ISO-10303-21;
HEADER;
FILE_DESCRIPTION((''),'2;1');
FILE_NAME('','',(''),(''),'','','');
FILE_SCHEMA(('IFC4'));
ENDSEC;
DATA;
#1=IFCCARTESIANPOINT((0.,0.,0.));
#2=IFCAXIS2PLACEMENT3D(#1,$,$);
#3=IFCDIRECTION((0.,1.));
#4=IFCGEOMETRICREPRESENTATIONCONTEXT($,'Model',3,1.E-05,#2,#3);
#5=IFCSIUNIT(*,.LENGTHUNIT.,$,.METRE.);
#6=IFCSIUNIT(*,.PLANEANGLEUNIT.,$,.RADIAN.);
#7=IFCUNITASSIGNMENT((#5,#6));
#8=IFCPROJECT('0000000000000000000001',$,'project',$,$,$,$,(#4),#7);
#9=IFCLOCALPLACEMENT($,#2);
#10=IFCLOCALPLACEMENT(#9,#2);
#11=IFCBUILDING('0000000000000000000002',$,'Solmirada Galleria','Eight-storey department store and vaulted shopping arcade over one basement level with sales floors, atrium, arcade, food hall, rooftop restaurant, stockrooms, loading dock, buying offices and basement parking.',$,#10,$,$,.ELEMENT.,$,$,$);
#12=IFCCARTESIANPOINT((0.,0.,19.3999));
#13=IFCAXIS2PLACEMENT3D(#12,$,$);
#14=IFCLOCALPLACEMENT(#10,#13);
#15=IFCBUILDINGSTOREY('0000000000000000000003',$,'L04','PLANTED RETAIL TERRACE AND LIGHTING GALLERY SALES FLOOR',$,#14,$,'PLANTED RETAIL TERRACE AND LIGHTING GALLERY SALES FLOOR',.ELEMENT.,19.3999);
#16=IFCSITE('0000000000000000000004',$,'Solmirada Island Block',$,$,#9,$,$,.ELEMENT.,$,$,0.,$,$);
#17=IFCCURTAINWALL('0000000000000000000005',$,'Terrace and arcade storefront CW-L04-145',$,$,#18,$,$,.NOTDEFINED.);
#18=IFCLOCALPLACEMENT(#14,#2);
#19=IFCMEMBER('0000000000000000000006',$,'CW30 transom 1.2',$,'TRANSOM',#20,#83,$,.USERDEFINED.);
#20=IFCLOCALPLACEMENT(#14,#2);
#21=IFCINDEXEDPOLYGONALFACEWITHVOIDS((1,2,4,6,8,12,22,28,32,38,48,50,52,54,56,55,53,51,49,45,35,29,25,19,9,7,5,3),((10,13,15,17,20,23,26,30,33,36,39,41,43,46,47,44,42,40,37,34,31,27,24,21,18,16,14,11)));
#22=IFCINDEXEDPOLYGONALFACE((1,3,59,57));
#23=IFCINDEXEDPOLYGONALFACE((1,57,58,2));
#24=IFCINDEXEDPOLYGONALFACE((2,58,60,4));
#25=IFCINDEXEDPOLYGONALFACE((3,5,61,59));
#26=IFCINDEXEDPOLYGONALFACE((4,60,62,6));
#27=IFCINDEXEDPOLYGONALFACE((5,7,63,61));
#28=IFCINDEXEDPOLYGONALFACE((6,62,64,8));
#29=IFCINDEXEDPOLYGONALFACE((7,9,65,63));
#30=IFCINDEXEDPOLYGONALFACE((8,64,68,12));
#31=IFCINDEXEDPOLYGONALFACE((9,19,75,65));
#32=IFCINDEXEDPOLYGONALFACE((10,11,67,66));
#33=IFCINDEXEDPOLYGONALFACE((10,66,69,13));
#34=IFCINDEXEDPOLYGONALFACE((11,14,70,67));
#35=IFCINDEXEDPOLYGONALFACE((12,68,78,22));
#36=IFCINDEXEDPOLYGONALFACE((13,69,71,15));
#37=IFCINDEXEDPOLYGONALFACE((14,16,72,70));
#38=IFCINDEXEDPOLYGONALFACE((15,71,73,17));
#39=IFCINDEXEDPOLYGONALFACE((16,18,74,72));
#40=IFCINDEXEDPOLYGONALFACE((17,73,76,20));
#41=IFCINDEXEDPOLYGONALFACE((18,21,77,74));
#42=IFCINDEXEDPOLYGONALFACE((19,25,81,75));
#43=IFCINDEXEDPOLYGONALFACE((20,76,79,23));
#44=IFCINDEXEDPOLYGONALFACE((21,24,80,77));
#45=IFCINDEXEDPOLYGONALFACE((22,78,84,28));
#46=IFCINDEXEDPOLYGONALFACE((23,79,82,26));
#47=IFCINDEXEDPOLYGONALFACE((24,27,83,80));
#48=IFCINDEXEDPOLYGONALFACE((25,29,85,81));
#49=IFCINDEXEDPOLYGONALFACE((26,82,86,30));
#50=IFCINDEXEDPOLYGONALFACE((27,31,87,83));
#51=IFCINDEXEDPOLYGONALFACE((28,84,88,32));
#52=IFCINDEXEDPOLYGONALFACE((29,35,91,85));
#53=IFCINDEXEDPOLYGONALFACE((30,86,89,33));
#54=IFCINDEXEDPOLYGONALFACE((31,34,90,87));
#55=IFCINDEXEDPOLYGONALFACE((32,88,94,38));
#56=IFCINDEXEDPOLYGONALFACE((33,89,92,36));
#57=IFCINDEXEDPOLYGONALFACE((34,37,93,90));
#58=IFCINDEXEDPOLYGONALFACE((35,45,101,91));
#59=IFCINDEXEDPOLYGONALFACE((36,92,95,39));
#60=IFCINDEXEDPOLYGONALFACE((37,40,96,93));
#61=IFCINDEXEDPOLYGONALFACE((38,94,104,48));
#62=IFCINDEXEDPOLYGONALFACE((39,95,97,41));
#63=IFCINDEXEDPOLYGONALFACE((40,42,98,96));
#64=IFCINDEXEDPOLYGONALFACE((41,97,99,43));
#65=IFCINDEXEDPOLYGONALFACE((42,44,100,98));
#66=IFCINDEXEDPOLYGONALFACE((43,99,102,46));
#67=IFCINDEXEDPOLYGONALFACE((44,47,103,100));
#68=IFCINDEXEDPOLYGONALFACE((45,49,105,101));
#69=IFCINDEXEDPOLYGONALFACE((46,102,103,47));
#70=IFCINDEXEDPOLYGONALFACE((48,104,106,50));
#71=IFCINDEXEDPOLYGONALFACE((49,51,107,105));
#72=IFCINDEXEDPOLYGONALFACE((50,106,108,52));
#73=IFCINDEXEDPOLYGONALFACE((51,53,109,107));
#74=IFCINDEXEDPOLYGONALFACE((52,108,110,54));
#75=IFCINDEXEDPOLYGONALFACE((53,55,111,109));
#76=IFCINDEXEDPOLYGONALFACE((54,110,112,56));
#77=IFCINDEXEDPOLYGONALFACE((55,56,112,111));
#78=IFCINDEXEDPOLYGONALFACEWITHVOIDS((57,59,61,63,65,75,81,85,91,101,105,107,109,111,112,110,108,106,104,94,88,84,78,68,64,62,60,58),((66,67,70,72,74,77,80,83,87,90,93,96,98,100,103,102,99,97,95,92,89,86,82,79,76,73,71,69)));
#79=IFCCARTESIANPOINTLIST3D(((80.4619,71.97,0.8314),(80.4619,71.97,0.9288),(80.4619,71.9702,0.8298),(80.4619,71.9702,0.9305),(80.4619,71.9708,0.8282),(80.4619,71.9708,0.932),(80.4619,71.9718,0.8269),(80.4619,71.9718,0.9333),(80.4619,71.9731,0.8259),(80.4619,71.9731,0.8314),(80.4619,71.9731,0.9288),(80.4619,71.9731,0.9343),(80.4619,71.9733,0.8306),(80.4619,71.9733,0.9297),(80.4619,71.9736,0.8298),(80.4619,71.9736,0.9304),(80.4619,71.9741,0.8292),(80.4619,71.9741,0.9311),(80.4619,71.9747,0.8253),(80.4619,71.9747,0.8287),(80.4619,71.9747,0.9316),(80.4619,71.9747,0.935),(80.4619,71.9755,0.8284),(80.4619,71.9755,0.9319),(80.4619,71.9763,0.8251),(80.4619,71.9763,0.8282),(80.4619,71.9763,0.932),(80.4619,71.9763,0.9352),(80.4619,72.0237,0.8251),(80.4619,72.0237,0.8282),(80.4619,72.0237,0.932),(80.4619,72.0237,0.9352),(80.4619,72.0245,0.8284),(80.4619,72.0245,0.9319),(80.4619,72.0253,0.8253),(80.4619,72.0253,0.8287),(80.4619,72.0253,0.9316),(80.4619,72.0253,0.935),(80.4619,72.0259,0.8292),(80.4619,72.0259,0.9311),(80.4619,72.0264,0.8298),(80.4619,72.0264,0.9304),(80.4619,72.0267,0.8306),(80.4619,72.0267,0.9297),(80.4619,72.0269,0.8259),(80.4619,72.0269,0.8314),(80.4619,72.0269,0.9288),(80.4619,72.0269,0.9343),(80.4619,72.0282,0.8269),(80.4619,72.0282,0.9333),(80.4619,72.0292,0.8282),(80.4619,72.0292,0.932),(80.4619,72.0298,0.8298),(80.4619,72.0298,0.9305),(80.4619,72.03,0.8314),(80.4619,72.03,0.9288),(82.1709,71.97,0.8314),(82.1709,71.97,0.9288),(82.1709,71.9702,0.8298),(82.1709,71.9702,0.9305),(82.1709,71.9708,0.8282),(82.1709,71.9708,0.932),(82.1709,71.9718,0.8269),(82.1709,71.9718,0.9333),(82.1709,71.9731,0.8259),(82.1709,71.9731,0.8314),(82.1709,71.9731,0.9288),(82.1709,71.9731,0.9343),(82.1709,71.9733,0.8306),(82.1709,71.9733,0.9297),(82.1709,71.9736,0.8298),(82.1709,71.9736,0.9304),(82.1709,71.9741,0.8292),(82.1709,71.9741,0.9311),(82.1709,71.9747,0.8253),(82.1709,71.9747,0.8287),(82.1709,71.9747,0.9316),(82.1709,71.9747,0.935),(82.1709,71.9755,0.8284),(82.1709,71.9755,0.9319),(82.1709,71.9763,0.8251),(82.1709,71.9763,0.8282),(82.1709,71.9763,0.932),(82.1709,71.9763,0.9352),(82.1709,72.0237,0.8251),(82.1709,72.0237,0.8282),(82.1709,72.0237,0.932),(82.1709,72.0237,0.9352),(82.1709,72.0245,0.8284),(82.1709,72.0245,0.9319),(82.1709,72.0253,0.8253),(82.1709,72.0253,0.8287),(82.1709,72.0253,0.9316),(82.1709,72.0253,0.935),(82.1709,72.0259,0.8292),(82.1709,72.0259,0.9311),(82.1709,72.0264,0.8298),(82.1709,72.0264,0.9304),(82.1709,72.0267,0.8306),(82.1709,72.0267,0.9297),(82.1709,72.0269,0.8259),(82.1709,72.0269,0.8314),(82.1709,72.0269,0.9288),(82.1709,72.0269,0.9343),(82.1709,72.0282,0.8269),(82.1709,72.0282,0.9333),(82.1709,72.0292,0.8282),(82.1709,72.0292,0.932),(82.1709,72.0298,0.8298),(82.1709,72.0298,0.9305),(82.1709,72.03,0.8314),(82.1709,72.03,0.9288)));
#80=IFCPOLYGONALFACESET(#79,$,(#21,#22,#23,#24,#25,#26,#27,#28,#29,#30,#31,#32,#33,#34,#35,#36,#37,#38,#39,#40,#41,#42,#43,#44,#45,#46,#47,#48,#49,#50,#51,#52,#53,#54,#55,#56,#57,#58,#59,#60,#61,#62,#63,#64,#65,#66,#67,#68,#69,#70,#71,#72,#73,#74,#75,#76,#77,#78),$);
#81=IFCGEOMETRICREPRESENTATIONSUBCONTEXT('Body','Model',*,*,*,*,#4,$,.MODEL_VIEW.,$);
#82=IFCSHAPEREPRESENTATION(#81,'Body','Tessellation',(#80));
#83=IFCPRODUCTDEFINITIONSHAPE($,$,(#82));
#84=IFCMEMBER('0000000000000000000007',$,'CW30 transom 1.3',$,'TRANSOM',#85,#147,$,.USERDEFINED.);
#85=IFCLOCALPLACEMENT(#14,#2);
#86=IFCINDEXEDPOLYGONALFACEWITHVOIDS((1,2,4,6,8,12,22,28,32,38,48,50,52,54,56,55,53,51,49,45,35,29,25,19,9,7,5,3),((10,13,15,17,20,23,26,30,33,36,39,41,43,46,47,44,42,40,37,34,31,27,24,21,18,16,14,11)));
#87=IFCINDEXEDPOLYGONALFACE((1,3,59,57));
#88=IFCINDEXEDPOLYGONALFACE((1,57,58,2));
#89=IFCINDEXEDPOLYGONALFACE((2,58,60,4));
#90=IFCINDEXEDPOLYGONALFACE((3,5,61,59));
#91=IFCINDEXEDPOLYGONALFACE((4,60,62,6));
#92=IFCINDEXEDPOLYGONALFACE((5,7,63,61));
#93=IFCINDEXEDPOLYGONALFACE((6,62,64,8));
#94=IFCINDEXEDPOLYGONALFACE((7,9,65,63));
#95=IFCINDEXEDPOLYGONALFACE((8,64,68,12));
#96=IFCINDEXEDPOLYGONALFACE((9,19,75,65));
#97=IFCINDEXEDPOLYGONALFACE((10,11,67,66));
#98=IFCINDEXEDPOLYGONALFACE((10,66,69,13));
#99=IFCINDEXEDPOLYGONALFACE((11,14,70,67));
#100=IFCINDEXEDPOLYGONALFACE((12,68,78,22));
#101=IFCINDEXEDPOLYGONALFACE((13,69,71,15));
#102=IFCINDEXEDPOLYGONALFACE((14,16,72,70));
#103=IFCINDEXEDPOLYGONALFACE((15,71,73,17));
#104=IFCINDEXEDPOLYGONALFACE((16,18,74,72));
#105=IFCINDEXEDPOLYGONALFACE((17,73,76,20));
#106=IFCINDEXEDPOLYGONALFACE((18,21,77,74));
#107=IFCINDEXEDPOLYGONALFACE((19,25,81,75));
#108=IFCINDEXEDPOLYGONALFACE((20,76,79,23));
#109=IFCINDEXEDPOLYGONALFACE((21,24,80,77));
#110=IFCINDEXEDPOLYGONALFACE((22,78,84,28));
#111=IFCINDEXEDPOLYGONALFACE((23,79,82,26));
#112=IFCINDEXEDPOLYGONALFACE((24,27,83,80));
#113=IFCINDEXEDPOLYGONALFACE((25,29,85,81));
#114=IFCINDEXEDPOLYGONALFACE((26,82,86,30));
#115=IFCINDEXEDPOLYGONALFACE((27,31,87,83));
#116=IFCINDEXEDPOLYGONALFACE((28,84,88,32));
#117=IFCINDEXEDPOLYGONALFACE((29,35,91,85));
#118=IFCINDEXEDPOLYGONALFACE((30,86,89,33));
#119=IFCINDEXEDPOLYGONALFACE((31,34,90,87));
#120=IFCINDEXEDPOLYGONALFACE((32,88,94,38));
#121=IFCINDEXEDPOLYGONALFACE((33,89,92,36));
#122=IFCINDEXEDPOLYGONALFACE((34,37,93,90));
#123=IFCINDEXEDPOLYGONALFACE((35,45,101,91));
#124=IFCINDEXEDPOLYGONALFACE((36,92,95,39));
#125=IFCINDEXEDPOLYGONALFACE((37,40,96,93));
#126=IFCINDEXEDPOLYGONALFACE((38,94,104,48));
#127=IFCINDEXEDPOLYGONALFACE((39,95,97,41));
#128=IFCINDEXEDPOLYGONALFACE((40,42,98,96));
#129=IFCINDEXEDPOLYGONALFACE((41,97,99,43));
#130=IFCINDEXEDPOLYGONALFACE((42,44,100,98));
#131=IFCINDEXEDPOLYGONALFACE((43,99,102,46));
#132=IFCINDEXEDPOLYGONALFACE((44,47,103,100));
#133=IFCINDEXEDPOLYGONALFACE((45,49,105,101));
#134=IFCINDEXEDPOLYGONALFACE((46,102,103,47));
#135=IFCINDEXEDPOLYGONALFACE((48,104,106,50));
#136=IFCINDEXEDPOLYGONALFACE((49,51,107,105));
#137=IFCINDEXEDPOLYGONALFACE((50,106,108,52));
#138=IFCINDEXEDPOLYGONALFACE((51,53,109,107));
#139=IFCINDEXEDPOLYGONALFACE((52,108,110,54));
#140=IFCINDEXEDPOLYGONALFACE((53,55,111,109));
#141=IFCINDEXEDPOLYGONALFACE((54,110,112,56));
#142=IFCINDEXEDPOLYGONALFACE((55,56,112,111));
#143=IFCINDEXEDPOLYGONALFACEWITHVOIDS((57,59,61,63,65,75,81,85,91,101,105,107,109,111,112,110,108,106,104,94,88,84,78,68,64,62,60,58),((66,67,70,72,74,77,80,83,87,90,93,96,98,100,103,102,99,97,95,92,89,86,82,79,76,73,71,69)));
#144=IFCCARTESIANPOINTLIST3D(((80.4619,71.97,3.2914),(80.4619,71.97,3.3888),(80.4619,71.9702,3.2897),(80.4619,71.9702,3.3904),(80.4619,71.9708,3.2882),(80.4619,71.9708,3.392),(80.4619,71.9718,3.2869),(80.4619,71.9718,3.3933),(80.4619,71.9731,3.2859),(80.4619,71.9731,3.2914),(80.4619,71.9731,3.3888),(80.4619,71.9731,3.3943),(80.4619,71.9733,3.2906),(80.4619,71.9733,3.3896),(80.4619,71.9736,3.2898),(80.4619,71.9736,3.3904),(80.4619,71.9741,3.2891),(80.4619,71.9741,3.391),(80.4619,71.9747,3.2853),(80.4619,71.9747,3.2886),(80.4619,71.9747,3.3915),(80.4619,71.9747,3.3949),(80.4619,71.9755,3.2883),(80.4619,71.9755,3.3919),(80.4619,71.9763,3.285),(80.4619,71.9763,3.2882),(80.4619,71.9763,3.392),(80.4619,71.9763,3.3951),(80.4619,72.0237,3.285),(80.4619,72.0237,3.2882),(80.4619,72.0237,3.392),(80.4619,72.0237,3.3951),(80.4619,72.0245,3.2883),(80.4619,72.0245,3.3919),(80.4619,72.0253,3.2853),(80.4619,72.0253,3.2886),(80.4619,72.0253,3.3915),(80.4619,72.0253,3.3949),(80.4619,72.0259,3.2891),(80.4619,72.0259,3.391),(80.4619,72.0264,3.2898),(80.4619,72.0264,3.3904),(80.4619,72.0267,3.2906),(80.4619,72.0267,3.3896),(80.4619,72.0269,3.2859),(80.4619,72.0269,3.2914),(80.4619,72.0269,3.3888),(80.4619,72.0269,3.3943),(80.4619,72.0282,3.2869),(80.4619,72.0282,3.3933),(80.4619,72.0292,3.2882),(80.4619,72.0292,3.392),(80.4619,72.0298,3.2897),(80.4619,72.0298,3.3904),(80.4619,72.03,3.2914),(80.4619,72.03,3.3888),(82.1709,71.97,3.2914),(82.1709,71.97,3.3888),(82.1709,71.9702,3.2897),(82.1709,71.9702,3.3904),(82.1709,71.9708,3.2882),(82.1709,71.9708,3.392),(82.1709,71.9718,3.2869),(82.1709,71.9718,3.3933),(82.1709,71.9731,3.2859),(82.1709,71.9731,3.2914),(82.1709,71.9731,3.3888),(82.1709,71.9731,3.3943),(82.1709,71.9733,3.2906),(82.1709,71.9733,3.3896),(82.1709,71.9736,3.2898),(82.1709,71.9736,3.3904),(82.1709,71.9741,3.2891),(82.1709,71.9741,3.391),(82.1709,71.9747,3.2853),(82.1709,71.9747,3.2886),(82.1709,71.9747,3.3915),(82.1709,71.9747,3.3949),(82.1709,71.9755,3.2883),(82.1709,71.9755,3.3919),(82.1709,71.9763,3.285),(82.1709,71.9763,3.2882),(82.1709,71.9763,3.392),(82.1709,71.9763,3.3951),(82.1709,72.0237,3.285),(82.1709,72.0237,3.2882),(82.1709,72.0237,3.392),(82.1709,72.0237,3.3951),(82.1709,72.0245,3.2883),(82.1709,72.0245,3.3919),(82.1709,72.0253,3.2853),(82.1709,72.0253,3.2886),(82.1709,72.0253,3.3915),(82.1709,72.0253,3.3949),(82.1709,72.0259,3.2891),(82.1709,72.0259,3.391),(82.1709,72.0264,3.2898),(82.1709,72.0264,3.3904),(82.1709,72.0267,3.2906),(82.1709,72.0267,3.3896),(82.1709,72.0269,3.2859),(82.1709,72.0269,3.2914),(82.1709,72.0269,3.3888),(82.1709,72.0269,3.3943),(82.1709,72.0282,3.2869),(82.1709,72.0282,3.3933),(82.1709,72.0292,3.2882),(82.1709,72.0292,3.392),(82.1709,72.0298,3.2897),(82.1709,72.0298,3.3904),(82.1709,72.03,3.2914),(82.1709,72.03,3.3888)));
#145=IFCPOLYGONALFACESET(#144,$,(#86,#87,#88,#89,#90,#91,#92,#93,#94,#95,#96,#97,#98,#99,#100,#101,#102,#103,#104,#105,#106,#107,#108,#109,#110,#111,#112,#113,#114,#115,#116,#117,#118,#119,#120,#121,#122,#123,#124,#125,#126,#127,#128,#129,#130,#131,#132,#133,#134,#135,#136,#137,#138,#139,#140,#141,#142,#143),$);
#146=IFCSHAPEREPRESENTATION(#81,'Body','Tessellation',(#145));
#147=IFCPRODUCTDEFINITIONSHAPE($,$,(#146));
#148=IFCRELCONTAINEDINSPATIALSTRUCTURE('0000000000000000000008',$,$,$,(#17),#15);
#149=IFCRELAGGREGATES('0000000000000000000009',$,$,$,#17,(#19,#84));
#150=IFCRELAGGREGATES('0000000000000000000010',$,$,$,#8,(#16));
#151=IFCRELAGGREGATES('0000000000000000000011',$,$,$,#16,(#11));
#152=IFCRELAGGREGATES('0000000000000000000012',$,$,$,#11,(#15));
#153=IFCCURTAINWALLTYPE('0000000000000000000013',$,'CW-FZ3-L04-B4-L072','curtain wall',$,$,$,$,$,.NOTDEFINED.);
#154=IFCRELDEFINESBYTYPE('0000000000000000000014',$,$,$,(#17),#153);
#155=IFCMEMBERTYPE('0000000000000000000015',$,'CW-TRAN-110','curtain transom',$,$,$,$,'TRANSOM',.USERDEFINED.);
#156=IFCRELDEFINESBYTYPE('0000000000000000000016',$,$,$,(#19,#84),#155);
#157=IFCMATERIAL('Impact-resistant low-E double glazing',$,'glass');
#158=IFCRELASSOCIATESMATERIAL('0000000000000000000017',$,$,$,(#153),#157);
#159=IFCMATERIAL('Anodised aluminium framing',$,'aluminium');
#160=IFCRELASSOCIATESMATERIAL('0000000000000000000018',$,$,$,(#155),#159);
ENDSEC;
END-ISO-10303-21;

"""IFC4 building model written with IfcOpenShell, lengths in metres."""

from ifc_helpers import new_model, si_unit, direction, frame, origin, origin_2d, place, context, subcontext, project, spatial, hollow_rectangle, extrude, material, material_profile, profile_set, type_object, element, aggregate, save


model = new_model("IFC4")

# Units and contexts
model_context = context("Model", 3, precision=1e-05, world=origin(), true_north=direction((0.0, 1.0)))
body_context = subcontext(model_context, "Body", "Model", "MODEL_VIEW")
ifc_project = project(units=[si_unit("LENGTHUNIT", "METRE"), si_unit("PLANEANGLEUNIT", "RADIAN")], contexts=[model_context])

# Site, building, storey
site_placement = place(None, origin())
site = spatial("IfcSite", under=ifc_project, at=site_placement, Name="Solmirada Island Block", CompositionType="ELEMENT", RefElevation=0.0)
building_placement = place(site_placement, origin())
building = spatial("IfcBuilding", under=site, at=building_placement, Name="Solmirada Galleria", Description="Eight-storey department store and vaulted shopping arcade over one basement level with sales floors, atrium, arcade, food hall, rooftop restaurant, stockrooms, loading dock, buying offices and basement parking.", CompositionType="ELEMENT")
storey_placement = place(building_placement, frame((0.0, 0.0, 19.3999)))
storey = spatial("IfcBuildingStorey", under=building, at=storey_placement, Name="L04", Description="PLANTED RETAIL TERRACE AND LIGHTING GALLERY SALES FLOOR", LongName="PLANTED RETAIL TERRACE AND LIGHTING GALLERY SALES FLOOR", CompositionType="ELEMENT", Elevation=19.3999)

# Shared definitions
ifc_material_1 = material(Name="Impact-resistant low-E double glazing", Category="glass")
curtain_wall_type = type_object("IfcCurtainWallType", Name="CW-FZ3-L04-B4-L072", Description="curtain wall", PredefinedType="NOTDEFINED", material=ifc_material_1)
ifc_material_2 = material(Name="Anodised aluminium framing", Category="aluminium")

# Curtain wall
curtain_wall_1_placement = place(storey_placement, origin())
curtain_wall_1 = element("IfcCurtainWall", 1, at=curtain_wall_1_placement, inside=storey, type_object=curtain_wall_type, Name="Terrace and arcade storefront CW-L04-145", PredefinedType="NOTDEFINED")

# Members
ifc_material_profile_1 = material_profile(ifc_material_2, hollow_rectangle(XDim=0.0601, YDim=0.1101, WallThickness=0.0032, InnerFilletRadius=0.0032, OuterFilletRadius=0.0063, at=origin_2d()), Name="ALU-TRAN-110X60")
ifc_profile_set_1 = profile_set([ifc_material_profile_1], Name="Anodised aluminium framing")
member_type_1 = type_object("IfcMemberType", Name="CW-TRAN-110", Description="curtain transom", ElementType="TRANSOM", PredefinedType="USERDEFINED", material=ifc_profile_set_1)
member_1_placement = place(storey_placement, frame((80.4619, 72.0, 0.8801), z_axis=(1.0, 0.0, 0.0), x_axis=(0.0, 1.0, 0.0)))
member_1 = element("IfcMember", 2, at=member_1_placement, type_object=member_type_1, Name="CW30 transom 1.2", ObjectType="TRANSOM", PredefinedType="USERDEFINED", context=body_context, shape_type="SweptSolid", body=[
    extrude(hollow_rectangle(XDim=0.0601, YDim=0.1101, WallThickness=0.0032, InnerFilletRadius=0.0032, OuterFilletRadius=0.0063, at=origin_2d()), origin(), (0.0, 0.0, 1.0), 1.709),
])
member_2_placement = place(storey_placement, frame((80.4619, 72.0, 3.3401), z_axis=(1.0, 0.0, 0.0), x_axis=(0.0, 1.0, 0.0)))
member_2 = element("IfcMember", 3, at=member_2_placement, type_object=member_type_1, Name="CW30 transom 1.3", ObjectType="TRANSOM", PredefinedType="USERDEFINED", context=body_context, shape_type="SweptSolid", body=[
    extrude(hollow_rectangle(XDim=0.0601, YDim=0.1101, WallThickness=0.0032, InnerFilletRadius=0.0032, OuterFilletRadius=0.0063, at=origin_2d()), origin(), (0.0, 0.0, 1.0), 1.709),
])

aggregate(curtain_wall_1, [member_1, member_2])

save(model, "model.ifc")
